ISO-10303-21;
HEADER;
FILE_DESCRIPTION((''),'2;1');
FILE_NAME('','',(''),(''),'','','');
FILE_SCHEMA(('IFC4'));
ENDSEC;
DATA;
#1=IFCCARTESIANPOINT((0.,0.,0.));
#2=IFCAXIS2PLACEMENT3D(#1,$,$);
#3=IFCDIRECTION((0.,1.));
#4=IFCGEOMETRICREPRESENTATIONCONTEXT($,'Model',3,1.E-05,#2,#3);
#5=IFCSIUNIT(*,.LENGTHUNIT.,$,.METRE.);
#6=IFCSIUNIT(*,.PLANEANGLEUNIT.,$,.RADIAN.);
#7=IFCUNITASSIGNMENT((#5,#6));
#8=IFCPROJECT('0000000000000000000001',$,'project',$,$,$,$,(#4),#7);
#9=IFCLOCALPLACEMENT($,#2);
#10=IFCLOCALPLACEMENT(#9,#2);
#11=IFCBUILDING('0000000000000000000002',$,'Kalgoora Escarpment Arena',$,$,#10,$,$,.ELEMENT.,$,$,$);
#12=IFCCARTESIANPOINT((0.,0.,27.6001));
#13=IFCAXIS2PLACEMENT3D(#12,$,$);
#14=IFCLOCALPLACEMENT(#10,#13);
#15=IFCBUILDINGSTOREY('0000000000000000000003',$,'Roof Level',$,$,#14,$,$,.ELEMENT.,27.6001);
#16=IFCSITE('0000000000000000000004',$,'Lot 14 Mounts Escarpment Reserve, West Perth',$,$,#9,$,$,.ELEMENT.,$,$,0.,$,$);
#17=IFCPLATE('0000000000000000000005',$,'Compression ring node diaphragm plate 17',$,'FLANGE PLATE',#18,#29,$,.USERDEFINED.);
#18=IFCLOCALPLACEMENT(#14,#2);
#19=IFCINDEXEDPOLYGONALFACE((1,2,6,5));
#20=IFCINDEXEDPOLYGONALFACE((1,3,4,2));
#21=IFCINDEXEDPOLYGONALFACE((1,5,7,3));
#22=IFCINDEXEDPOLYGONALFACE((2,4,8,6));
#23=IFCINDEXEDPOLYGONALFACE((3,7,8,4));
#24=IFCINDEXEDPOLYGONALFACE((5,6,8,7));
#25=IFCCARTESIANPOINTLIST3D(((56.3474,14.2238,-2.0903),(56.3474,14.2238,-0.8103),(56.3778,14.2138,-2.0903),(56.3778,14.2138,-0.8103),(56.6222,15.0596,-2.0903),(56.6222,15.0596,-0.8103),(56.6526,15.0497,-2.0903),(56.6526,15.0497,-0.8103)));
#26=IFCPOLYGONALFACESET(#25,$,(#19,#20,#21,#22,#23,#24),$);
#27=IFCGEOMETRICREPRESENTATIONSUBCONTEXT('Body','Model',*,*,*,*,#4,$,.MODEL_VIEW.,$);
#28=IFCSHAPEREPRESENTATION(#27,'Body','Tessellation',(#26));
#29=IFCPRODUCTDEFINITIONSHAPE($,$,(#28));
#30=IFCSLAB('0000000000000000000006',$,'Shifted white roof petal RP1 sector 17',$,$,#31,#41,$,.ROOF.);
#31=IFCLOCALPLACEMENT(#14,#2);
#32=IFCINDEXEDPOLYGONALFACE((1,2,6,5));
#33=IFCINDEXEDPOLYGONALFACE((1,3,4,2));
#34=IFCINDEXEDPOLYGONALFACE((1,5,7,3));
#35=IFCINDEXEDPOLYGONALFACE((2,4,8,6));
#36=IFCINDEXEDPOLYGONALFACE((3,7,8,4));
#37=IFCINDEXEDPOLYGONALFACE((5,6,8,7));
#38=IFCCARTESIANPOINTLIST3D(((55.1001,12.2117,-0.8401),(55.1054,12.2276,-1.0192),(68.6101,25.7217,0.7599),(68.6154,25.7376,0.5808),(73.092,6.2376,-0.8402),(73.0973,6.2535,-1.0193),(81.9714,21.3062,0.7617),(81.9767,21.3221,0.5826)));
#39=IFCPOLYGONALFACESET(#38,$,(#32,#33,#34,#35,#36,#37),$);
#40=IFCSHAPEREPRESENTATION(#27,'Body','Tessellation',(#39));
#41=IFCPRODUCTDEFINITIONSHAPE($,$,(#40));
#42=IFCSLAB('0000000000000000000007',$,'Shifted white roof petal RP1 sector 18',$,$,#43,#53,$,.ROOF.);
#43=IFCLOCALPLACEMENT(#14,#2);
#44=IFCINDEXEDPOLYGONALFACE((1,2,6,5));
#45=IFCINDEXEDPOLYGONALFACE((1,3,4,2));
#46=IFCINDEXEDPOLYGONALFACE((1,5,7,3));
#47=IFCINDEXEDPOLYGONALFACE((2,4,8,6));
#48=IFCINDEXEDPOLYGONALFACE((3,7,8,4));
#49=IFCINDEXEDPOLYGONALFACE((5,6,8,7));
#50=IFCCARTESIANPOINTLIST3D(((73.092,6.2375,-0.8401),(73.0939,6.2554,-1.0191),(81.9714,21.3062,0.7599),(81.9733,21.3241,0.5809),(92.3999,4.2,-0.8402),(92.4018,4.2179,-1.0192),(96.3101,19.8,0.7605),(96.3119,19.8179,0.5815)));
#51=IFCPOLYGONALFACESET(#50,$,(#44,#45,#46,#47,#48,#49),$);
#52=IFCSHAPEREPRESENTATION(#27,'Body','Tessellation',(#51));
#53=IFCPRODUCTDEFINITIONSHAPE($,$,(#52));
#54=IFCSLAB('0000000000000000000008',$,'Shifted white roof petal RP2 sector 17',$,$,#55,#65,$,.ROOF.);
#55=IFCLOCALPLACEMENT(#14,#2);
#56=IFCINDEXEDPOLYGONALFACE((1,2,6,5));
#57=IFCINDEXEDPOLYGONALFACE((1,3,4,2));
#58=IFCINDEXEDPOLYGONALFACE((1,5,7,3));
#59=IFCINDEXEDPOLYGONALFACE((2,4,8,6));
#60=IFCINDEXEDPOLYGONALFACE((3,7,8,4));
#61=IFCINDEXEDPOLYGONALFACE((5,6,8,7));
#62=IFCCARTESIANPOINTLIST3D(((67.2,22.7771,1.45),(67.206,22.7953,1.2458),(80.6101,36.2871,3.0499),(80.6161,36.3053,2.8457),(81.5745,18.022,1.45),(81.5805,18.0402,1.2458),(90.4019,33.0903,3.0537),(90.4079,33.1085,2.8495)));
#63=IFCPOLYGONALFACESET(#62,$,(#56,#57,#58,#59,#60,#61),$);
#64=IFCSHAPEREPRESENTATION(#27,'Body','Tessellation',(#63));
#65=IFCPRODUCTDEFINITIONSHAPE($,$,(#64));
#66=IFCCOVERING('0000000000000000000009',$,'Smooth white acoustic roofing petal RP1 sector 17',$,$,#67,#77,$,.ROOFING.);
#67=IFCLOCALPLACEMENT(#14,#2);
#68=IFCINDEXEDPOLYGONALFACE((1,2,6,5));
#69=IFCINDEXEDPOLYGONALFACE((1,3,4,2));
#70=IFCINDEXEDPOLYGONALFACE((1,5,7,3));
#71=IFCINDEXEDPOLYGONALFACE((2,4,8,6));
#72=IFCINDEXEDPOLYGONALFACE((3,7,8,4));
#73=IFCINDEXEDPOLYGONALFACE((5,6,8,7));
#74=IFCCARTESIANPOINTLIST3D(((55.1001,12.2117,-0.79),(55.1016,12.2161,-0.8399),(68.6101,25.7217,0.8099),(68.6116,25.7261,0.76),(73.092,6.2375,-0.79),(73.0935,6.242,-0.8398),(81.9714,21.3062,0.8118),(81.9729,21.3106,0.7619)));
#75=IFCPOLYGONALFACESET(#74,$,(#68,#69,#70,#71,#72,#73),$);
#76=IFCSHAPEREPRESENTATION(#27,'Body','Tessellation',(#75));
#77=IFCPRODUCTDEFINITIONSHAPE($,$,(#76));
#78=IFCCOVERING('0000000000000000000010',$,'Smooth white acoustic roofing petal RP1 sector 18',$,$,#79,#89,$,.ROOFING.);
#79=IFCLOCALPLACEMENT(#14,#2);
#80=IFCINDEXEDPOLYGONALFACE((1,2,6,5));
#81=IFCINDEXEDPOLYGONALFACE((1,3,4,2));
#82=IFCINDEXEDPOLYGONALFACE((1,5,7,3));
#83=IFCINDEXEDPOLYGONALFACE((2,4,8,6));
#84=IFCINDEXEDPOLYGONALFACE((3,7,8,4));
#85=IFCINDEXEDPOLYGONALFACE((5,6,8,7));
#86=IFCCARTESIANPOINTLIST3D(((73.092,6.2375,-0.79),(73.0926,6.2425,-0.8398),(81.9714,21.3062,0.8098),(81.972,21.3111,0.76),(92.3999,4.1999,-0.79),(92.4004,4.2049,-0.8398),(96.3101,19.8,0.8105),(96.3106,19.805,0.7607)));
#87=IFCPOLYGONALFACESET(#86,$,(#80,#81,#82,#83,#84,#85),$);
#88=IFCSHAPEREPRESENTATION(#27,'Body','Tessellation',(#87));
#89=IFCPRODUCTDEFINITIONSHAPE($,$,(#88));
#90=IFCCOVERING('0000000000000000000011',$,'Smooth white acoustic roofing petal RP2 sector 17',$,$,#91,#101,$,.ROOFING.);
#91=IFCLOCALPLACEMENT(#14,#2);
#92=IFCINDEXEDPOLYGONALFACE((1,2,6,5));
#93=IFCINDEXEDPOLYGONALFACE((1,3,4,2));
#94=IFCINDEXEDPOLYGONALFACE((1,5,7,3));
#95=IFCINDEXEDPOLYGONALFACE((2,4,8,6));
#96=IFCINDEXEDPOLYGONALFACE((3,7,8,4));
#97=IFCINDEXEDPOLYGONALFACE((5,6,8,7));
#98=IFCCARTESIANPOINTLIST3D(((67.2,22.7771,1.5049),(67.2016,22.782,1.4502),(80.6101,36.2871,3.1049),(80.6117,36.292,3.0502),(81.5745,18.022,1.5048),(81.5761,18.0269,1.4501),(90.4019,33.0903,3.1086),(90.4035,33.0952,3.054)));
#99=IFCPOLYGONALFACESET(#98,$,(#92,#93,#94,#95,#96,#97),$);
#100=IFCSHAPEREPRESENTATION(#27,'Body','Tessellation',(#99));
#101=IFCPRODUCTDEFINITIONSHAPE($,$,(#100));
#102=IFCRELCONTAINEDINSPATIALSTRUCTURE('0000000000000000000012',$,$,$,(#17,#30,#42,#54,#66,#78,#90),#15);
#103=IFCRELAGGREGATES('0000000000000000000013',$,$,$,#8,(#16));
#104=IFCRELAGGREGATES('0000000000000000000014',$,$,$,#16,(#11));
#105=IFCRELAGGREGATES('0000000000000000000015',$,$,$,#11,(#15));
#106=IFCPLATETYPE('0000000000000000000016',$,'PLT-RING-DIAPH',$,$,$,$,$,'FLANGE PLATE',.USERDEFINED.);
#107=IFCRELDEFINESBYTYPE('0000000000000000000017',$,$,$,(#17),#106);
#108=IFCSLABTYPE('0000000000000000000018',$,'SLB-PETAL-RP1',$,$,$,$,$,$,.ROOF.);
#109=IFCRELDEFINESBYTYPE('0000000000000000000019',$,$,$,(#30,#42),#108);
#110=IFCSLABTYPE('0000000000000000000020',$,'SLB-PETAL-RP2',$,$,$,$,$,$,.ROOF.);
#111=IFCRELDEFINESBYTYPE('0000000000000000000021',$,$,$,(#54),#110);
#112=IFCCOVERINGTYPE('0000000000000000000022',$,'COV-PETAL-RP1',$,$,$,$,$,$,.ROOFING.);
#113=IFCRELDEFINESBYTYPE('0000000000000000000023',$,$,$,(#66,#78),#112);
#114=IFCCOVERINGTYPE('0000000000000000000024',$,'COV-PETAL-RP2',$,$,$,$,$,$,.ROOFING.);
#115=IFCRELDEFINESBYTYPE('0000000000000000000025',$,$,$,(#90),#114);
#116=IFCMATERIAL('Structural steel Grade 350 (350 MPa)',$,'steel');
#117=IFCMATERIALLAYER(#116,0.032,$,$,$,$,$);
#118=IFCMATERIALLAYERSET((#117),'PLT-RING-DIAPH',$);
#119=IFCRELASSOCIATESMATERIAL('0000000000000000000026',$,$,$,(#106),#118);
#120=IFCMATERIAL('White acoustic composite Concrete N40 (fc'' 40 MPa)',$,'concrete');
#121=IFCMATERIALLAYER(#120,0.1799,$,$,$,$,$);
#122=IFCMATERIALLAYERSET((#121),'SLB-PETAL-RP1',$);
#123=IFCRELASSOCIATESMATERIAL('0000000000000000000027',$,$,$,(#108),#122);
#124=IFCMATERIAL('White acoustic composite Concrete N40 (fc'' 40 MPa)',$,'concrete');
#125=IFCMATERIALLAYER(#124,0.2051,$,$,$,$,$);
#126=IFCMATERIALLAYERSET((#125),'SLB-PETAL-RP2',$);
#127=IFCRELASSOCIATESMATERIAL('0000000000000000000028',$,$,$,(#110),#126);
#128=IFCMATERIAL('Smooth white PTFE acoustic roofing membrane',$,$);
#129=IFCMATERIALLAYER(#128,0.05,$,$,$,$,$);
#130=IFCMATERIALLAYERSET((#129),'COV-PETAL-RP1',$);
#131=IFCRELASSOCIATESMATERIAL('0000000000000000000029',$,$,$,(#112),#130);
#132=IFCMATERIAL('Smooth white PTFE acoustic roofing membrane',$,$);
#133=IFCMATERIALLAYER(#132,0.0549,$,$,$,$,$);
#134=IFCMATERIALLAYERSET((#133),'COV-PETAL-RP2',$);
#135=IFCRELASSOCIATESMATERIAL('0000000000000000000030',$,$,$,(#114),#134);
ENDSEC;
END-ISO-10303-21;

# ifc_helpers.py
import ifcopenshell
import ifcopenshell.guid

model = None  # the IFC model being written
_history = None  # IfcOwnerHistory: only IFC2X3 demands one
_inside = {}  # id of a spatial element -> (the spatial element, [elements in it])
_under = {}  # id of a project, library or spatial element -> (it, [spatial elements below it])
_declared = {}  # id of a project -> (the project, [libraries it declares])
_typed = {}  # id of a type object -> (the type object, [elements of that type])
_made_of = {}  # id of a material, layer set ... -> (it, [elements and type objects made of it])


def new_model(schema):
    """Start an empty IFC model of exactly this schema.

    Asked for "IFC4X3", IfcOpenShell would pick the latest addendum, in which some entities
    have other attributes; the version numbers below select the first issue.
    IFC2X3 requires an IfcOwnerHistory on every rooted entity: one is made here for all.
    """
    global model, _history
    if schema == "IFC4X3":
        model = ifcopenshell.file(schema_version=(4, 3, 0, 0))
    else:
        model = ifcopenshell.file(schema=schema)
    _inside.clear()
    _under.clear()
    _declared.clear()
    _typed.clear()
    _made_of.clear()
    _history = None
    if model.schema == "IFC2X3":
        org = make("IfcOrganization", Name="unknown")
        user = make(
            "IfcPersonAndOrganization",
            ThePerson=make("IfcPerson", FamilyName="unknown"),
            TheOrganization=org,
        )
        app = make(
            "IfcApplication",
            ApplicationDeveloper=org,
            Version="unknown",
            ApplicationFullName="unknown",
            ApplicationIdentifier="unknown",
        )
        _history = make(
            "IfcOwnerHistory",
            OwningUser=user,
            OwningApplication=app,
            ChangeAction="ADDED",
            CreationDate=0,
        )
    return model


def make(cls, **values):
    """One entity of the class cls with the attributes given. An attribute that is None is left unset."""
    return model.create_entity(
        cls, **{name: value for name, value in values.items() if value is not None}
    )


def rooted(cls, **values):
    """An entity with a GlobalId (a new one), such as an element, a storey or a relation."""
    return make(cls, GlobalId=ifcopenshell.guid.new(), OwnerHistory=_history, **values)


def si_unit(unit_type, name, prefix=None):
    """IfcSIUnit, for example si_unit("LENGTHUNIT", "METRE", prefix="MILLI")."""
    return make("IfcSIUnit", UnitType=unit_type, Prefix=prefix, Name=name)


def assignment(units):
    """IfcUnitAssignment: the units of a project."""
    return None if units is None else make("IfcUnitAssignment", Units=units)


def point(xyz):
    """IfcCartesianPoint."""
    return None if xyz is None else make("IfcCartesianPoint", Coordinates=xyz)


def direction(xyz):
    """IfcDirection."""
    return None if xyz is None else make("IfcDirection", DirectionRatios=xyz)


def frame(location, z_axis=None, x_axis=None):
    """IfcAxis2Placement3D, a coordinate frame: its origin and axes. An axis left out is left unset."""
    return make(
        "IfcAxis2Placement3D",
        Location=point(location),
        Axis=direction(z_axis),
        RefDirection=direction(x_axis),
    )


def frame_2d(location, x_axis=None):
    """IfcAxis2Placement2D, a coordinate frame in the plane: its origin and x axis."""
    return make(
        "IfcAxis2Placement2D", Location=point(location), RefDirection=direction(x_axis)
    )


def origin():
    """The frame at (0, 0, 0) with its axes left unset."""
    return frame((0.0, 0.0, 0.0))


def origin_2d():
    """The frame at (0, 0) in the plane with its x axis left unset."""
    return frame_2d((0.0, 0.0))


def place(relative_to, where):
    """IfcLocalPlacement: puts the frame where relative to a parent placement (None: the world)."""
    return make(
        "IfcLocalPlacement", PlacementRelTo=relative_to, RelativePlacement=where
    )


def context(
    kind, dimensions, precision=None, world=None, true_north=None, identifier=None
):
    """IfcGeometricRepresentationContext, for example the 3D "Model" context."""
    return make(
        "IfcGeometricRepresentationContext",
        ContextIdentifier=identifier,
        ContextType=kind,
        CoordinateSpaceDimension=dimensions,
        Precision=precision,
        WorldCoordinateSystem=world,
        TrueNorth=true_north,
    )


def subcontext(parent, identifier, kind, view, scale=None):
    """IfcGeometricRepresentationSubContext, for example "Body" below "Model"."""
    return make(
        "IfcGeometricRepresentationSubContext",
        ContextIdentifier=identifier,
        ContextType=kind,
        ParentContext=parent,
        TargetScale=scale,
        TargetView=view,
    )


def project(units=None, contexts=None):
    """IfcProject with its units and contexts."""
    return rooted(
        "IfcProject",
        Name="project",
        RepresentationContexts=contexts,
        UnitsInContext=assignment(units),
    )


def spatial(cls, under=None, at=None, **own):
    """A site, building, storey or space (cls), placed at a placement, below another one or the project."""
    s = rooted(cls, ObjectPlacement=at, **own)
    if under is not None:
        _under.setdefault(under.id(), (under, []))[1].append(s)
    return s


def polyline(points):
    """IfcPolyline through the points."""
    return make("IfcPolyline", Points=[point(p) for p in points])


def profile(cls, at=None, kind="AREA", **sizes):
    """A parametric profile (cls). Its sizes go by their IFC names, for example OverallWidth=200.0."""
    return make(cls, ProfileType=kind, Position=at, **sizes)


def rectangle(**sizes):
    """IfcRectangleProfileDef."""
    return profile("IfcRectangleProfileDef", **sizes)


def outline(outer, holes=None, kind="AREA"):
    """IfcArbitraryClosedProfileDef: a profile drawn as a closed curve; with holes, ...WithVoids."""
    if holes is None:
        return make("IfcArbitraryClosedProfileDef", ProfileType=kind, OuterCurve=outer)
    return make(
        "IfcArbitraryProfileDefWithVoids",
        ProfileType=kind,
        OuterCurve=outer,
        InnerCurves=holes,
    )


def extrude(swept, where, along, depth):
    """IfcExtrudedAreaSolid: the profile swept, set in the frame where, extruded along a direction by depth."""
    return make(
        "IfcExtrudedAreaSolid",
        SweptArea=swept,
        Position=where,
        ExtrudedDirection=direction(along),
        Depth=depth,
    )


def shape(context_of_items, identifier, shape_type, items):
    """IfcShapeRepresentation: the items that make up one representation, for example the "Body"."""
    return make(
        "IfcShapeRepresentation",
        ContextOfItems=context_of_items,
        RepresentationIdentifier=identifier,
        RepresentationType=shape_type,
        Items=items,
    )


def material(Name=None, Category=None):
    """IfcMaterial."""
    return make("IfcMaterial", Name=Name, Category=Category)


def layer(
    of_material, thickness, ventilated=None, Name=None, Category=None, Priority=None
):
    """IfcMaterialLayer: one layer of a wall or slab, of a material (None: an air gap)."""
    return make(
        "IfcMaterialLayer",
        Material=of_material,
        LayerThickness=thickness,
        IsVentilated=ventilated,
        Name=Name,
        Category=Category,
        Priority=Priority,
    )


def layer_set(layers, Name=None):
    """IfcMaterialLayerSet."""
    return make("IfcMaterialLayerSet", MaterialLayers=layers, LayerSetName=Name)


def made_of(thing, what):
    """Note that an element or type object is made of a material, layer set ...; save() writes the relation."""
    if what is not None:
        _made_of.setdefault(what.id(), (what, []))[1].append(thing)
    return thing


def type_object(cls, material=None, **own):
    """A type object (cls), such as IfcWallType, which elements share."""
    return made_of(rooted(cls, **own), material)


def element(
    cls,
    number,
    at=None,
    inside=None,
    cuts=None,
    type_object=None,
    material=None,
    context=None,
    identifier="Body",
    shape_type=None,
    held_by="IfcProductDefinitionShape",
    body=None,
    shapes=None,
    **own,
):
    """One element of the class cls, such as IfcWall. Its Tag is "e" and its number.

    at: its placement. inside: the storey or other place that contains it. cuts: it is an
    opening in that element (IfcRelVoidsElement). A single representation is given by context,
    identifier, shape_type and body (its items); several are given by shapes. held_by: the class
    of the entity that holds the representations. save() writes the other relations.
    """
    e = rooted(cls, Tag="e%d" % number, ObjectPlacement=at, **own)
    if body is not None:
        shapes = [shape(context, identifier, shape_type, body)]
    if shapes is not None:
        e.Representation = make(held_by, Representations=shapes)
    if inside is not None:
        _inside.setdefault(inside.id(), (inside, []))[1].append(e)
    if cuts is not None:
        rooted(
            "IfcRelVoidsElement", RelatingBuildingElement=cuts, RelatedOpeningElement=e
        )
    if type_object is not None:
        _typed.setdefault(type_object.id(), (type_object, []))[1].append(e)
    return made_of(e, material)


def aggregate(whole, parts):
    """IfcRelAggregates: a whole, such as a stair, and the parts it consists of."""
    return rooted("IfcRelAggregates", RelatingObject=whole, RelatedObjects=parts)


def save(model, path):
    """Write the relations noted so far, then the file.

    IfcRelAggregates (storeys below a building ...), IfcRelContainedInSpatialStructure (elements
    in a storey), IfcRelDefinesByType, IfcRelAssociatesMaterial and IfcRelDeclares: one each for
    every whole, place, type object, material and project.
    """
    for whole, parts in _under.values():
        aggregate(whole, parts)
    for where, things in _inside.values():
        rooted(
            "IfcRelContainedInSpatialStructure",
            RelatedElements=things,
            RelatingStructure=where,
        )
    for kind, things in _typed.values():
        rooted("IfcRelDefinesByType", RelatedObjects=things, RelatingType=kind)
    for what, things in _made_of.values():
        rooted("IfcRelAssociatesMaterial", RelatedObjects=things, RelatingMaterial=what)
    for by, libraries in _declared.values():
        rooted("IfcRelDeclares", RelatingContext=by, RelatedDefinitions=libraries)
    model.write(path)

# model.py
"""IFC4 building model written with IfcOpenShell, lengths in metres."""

from ifc_helpers import new_model, si_unit, direction, frame, origin, origin_2d, place, context, subcontext, project, spatial, polyline, rectangle, outline, extrude, material, layer, layer_set, type_object, element, save


model = new_model("IFC4")

# Units and contexts
model_context = context("Model", 3, precision=1e-05, world=origin(), true_north=direction((0.0, 1.0)))
body_context = subcontext(model_context, "Body", "Model", "MODEL_VIEW")
ifc_project = project(units=[si_unit("LENGTHUNIT", "METRE"), si_unit("PLANEANGLEUNIT", "RADIAN")], contexts=[model_context])

# Site, building, storey
site_placement = place(None, origin())
site = spatial("IfcSite", under=ifc_project, at=site_placement, Name="Lot 14 Mounts Escarpment Reserve, West Perth", CompositionType="ELEMENT", RefElevation=0.0)
building_placement = place(site_placement, origin())
building = spatial("IfcBuilding", under=site, at=building_placement, Name="Kalgoora Escarpment Arena", CompositionType="ELEMENT")
storey_placement = place(building_placement, frame((0.0, 0.0, 27.6001)))
storey = spatial("IfcBuildingStorey", under=building, at=storey_placement, Name="Roof Level", CompositionType="ELEMENT", Elevation=27.6001)

# Plate
ifc_material_1 = material(Name="Structural steel Grade 350 (350 MPa)", Category="steel")
ifc_layer_1 = layer(ifc_material_1, 0.032)
ifc_layer_set_1 = layer_set([ifc_layer_1], Name="PLT-RING-DIAPH")
plate_type_1 = type_object("IfcPlateType", Name="PLT-RING-DIAPH", ElementType="FLANGE PLATE", PredefinedType="USERDEFINED", material=ifc_layer_set_1)
plate_1_placement = place(storey_placement, frame((56.5, 14.6367, -2.0903), z_axis=(0.0, 0.0, 1.0), x_axis=(0.949972, -0.312335, 0.0)))
element("IfcPlate", 1, at=plate_1_placement, inside=storey, type_object=plate_type_1, Name="Compression ring node diaphragm plate 17", ObjectType="FLANGE PLATE", PredefinedType="USERDEFINED", context=body_context, shape_type="SweptSolid", body=[
    extrude(rectangle(XDim=0.032, YDim=0.8799, at=origin_2d()), origin(), (0.0, 0.0, 1.0), 1.28),
])

# Slabs
ifc_material_2 = material(Name="White acoustic composite Concrete N40 (fc' 40 MPa)", Category="concrete")
ifc_layer_2 = layer(ifc_material_2, 0.1799)
ifc_layer_set_2 = layer_set([ifc_layer_2], Name="SLB-PETAL-RP1")
slab_type_1 = type_object("IfcSlabType", Name="SLB-PETAL-RP1", PredefinedType="ROOF", material=ifc_layer_set_2)
slab_1_placement = place(storey_placement, frame((55.1001, 12.2117, -0.8401), z_axis=(-0.029389, -0.088526, 0.99564), x_axis=(0.94905, -0.315126, -0.000005)))
element("IfcSlab", 2, at=slab_1_placement, inside=storey, type_object=slab_type_1, Name="Shifted white roof petal RP1 sector 17", PredefinedType="ROOF", context=body_context, shape_type="SweptSolid", body=[
    extrude(outline(polyline([(0.0, 0.0), (18.9579, 0.0), (22.6363, 17.1738), (8.5643, 17.1538), (0.0, 0.0)])), origin(), (0.0, 0.0, -1.0), 0.1799),
])
slab_2_placement = place(storey_placement, frame((73.092, 6.2375, -0.8401), z_axis=(-0.01049, -0.099465, 0.994986), x_axis=(0.994478, -0.104949, -0.000006)))
element("IfcSlab", 3, at=slab_2_placement, inside=storey, type_object=slab_type_1, Name="Shifted white roof petal RP1 sector 18", PredefinedType="ROOF", context=body_context, shape_type="SweptSolid", body=[
    extrude(outline(polyline([(0.0, 0.0), (19.4151, 0.0), (21.6664, 16.0046), (7.2489, 15.9975), (0.0, 0.0)])), origin(), (0.0, 0.0, -1.0), 0.1799),
])
ifc_material_3 = material(Name="White acoustic composite Concrete N40 (fc' 40 MPa)", Category="concrete")
ifc_layer_3 = layer(ifc_material_3, 0.2051)
ifc_layer_set_3 = layer_set([ifc_layer_3], Name="SLB-PETAL-RP2")
slab_type_2 = type_object("IfcSlabType", Name="SLB-PETAL-RP2", PredefinedType="ROOF", material=ifc_layer_set_3)
slab_3_placement = place(storey_placement, frame((67.2, 22.7771, 1.45), z_axis=(-0.029367, -0.088757, 0.99562), x_axis=(0.949401, -0.314065, 0.000005)))
element("IfcSlab", 4, at=slab_3_placement, inside=storey, type_object=slab_type_2, Name="Shifted white roof petal RP2 sector 17", PredefinedType="ROOF", context=body_context, shape_type="SweptSolid", body=[
    extrude(outline(polyline([(0.0, 0.0), (15.1406, 0.0), (18.7889, 17.1534), (8.4886, 17.113), (0.0, 0.0)])), origin(), (0.0, 0.0, -1.0), 0.2051),
])

# Coverings
ifc_material_4 = material(Name="Smooth white PTFE acoustic roofing membrane")
ifc_layer_4 = layer(ifc_material_4, 0.05)
ifc_layer_set_4 = layer_set([ifc_layer_4], Name="COV-PETAL-RP1")
covering_type_1 = type_object("IfcCoveringType", Name="COV-PETAL-RP1", PredefinedType="ROOFING", material=ifc_layer_set_4)
covering_1_placement = place(storey_placement, frame((55.1001, 12.2117, -0.79), z_axis=(-0.029393, -0.088514, 0.995641), x_axis=(0.94905, -0.315127, 0.000003)))
element("IfcCovering", 5, at=covering_1_placement, inside=storey, type_object=covering_type_1, Name="Smooth white acoustic roofing petal RP1 sector 17", PredefinedType="ROOFING", context=body_context, shape_type="SweptSolid", body=[
    extrude(outline(polyline([(0.0, 0.0), (18.9579, 0.0), (22.6363, 17.1738), (8.5643, 17.1538), (0.0, 0.0)])), origin(), (0.0, 0.0, -1.0), 0.05),
])
covering_2_placement = place(storey_placement, frame((73.092, 6.2375, -0.79), z_axis=(-0.010496, -0.099455, 0.994987), x_axis=(0.994478, -0.104949, 0.000001)))
element("IfcCovering", 6, at=covering_2_placement, inside=storey, type_object=covering_type_1, Name="Smooth white acoustic roofing petal RP1 sector 18", PredefinedType="ROOFING", context=body_context, shape_type="SweptSolid", body=[
    extrude(outline(polyline([(0.0, 0.0), (19.4151, 0.0), (21.6664, 16.0046), (7.2489, 15.9975), (0.0, 0.0)])), origin(), (0.0, 0.0, -1.0), 0.05),
])
ifc_material_5 = material(Name="Smooth white PTFE acoustic roofing membrane")
ifc_layer_5 = layer(ifc_material_5, 0.0549)
ifc_layer_set_5 = layer_set([ifc_layer_5], Name="COV-PETAL-RP2")
covering_type_2 = type_object("IfcCoveringType", Name="COV-PETAL-RP2", PredefinedType="ROOFING", material=ifc_layer_set_5)
covering_3_placement = place(storey_placement, frame((67.2, 22.7771, 1.5049), z_axis=(-0.029361, -0.08877, 0.995619), x_axis=(0.949402, -0.314064, -0.000004)))
element("IfcCovering", 7, at=covering_3_placement, inside=storey, type_object=covering_type_2, Name="Smooth white acoustic roofing petal RP2 sector 17", PredefinedType="ROOFING", context=body_context, shape_type="SweptSolid", body=[
    extrude(outline(polyline([(0.0, 0.0), (15.1406, 0.0), (18.7889, 17.1534), (8.4886, 17.1131), (0.0, 0.0)])), origin(), (0.0, 0.0, -1.0), 0.0549),
])

save(model, "model.ifc")
